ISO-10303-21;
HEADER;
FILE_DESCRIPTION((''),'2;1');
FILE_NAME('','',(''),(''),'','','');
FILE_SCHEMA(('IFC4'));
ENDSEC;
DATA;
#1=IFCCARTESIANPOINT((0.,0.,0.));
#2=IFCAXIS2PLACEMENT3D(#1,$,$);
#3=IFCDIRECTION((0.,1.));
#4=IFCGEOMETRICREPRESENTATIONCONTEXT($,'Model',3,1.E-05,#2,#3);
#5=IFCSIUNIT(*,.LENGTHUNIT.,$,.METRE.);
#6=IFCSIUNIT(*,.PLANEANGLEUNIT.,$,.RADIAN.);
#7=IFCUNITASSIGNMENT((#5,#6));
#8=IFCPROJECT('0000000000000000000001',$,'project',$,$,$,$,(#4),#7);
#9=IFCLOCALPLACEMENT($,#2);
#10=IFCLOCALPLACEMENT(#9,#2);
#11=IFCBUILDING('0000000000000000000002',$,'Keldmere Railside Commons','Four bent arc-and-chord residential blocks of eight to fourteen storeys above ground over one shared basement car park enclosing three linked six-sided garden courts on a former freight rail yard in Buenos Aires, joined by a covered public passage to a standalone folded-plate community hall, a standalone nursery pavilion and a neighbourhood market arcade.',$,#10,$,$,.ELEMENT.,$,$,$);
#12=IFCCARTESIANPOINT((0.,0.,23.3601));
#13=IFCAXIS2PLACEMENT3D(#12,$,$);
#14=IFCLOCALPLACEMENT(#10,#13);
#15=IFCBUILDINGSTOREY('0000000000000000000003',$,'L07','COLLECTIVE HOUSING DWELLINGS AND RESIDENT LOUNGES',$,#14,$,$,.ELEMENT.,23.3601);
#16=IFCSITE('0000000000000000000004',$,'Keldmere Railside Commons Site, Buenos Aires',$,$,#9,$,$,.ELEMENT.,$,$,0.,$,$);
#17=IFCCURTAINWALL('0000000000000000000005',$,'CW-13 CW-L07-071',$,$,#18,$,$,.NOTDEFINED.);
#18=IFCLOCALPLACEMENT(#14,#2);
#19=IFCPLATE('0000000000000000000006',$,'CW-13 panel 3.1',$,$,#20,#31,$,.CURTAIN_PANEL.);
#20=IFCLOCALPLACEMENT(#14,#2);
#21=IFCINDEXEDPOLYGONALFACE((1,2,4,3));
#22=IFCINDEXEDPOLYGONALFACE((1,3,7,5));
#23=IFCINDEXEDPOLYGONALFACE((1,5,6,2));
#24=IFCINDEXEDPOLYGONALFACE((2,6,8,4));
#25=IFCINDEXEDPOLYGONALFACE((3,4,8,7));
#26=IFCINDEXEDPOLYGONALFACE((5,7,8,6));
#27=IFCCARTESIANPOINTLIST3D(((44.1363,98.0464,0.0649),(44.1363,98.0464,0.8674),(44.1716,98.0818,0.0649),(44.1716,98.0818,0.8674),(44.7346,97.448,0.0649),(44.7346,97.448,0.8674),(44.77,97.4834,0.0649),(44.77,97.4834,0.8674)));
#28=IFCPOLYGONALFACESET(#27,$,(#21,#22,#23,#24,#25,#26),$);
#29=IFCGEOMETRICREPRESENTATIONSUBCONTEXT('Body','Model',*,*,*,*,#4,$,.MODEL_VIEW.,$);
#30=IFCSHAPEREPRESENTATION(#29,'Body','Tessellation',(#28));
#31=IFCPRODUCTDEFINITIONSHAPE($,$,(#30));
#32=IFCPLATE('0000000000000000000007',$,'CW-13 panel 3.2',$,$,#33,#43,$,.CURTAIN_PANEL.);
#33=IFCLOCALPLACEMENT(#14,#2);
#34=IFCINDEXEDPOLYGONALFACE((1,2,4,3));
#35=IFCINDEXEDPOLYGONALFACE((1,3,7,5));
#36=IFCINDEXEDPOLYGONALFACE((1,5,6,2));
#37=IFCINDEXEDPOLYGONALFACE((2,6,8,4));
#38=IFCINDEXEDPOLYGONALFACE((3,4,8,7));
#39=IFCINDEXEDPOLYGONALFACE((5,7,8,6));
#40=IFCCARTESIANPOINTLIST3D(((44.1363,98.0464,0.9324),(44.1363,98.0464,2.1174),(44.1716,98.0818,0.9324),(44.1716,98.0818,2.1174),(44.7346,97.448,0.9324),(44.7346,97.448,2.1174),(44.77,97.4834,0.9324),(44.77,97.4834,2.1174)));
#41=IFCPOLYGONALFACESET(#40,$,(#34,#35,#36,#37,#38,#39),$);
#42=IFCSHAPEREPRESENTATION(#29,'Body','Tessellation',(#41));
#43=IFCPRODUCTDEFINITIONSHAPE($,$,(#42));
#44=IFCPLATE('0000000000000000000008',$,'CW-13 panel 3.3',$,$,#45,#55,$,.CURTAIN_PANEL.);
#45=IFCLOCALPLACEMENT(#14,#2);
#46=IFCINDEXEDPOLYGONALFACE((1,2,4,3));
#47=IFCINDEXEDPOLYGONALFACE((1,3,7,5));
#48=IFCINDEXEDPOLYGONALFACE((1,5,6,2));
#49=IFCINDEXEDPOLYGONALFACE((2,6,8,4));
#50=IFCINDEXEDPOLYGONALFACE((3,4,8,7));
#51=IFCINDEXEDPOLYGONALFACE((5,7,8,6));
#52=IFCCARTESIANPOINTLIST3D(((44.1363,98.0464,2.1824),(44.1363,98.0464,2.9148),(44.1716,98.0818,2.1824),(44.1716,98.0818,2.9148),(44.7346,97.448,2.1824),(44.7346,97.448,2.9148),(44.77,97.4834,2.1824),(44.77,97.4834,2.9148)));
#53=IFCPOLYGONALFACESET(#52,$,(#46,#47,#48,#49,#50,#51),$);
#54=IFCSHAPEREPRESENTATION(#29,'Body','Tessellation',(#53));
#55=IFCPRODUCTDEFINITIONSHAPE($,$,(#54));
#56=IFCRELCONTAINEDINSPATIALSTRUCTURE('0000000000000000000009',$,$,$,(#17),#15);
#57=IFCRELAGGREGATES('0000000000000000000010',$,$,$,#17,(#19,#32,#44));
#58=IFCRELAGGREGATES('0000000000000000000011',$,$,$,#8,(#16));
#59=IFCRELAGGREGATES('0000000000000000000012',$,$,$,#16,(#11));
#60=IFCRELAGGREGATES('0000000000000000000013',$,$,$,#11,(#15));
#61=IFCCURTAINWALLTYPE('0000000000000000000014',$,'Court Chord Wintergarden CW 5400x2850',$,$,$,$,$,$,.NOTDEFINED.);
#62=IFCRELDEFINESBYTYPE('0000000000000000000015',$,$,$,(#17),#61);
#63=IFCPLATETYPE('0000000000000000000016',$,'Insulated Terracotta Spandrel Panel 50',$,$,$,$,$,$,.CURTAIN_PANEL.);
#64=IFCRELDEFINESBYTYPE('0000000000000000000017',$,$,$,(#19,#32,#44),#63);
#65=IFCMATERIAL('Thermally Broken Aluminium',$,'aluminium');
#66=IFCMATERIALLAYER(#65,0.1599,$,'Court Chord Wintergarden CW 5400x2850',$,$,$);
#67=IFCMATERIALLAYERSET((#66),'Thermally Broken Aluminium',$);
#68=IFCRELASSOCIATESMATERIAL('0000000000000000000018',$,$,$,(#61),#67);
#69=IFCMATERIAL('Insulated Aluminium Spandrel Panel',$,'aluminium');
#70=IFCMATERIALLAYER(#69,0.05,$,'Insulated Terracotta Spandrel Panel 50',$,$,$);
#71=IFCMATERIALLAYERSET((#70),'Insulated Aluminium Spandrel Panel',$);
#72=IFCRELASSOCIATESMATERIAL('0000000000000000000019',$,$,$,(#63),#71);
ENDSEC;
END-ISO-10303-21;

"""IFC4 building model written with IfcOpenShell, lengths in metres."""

from ifc_helpers import new_model, si_unit, direction, frame, origin, origin_2d, place, context, subcontext, project, spatial, rectangle, extrude, material, layer, layer_set, type_object, element, aggregate, save


model = new_model("IFC4")

# Units and contexts
model_context = context("Model", 3, precision=1e-05, world=origin(), true_north=direction((0.0, 1.0)))
body_context = subcontext(model_context, "Body", "Model", "MODEL_VIEW")
ifc_project = project(units=[si_unit("LENGTHUNIT", "METRE"), si_unit("PLANEANGLEUNIT", "RADIAN")], contexts=[model_context])

# Site, building, storey
site_placement = place(None, origin())
site = spatial("IfcSite", under=ifc_project, at=site_placement, Name="Keldmere Railside Commons Site, Buenos Aires", CompositionType="ELEMENT", RefElevation=0.0)
building_placement = place(site_placement, origin())
building = spatial("IfcBuilding", under=site, at=building_placement, Name="Keldmere Railside Commons", Description="Four bent arc-and-chord residential blocks of eight to fourteen storeys above ground over one shared basement car park enclosing three linked six-sided garden courts on a former freight rail yard in Buenos Aires, joined by a covered public passage to a standalone folded-plate community hall, a standalone nursery pavilion and a neighbourhood market arcade.", CompositionType="ELEMENT")
storey_placement = place(building_placement, frame((0.0, 0.0, 23.3601)))
storey = spatial("IfcBuildingStorey", under=building, at=storey_placement, Name="L07", Description="COLLECTIVE HOUSING DWELLINGS AND RESIDENT LOUNGES", CompositionType="ELEMENT", Elevation=23.3601)

# Curtain wall
ifc_material_1 = material(Name="Thermally Broken Aluminium", Category="aluminium")
ifc_layer_1 = layer(ifc_material_1, 0.1599, Name="Court Chord Wintergarden CW 5400x2850")
ifc_layer_set_1 = layer_set([ifc_layer_1], Name="Thermally Broken Aluminium")
curtain_wall_type_1 = type_object("IfcCurtainWallType", Name="Court Chord Wintergarden CW 5400x2850", PredefinedType="NOTDEFINED", material=ifc_layer_set_1)
curtain_wall_1_placement = place(storey_placement, origin())
curtain_wall_1 = element("IfcCurtainWall", 1, at=curtain_wall_1_placement, inside=storey, type_object=curtain_wall_type_1, Name="CW-13 CW-L07-071", PredefinedType="NOTDEFINED")

# Plates
ifc_material_2 = material(Name="Insulated Aluminium Spandrel Panel", Category="aluminium")
ifc_layer_2 = layer(ifc_material_2, 0.05, Name="Insulated Terracotta Spandrel Panel 50")
ifc_layer_set_2 = layer_set([ifc_layer_2], Name="Insulated Aluminium Spandrel Panel")
plate_type_1 = type_object("IfcPlateType", Name="Insulated Terracotta Spandrel Panel 50", PredefinedType="CURTAIN_PANEL", material=ifc_layer_set_2)
plate_1_placement = place(storey_placement, frame((44.4531, 97.7649, 0.0649), z_axis=(0.0, 0.0, 1.0), x_axis=(-0.707107, 0.707107, 0.0)))
plate_1 = element("IfcPlate", 2, at=plate_1_placement, type_object=plate_type_1, Name="CW-13 panel 3.1", PredefinedType="CURTAIN_PANEL", context=body_context, shape_type="SweptSolid", body=[
    extrude(rectangle(XDim=0.8462, YDim=0.05, at=origin_2d()), origin(), (0.0, 0.0, 1.0), 0.8025),
])
plate_2_placement = place(storey_placement, frame((44.4531, 97.7649, 0.9324), z_axis=(0.0, 0.0, 1.0), x_axis=(-0.707107, 0.707107, 0.0)))
plate_2 = element("IfcPlate", 3, at=plate_2_placement, type_object=plate_type_1, Name="CW-13 panel 3.2", PredefinedType="CURTAIN_PANEL", context=body_context, shape_type="SweptSolid", body=[
    extrude(rectangle(XDim=0.8462, YDim=0.05, at=origin_2d()), origin(), (0.0, 0.0, 1.0), 1.1851),
])
plate_3_placement = place(storey_placement, frame((44.4531, 97.7649, 2.1824), z_axis=(0.0, 0.0, 1.0), x_axis=(-0.707107, 0.707107, 0.0)))
plate_3 = element("IfcPlate", 4, at=plate_3_placement, type_object=plate_type_1, Name="CW-13 panel 3.3", PredefinedType="CURTAIN_PANEL", context=body_context, shape_type="SweptSolid", body=[
    extrude(rectangle(XDim=0.8462, YDim=0.05, at=origin_2d()), origin(), (0.0, 0.0, 1.0), 0.7324),
])
aggregate(curtain_wall_1, [plate_1, plate_2, plate_3])

save(model, "model.ifc")
